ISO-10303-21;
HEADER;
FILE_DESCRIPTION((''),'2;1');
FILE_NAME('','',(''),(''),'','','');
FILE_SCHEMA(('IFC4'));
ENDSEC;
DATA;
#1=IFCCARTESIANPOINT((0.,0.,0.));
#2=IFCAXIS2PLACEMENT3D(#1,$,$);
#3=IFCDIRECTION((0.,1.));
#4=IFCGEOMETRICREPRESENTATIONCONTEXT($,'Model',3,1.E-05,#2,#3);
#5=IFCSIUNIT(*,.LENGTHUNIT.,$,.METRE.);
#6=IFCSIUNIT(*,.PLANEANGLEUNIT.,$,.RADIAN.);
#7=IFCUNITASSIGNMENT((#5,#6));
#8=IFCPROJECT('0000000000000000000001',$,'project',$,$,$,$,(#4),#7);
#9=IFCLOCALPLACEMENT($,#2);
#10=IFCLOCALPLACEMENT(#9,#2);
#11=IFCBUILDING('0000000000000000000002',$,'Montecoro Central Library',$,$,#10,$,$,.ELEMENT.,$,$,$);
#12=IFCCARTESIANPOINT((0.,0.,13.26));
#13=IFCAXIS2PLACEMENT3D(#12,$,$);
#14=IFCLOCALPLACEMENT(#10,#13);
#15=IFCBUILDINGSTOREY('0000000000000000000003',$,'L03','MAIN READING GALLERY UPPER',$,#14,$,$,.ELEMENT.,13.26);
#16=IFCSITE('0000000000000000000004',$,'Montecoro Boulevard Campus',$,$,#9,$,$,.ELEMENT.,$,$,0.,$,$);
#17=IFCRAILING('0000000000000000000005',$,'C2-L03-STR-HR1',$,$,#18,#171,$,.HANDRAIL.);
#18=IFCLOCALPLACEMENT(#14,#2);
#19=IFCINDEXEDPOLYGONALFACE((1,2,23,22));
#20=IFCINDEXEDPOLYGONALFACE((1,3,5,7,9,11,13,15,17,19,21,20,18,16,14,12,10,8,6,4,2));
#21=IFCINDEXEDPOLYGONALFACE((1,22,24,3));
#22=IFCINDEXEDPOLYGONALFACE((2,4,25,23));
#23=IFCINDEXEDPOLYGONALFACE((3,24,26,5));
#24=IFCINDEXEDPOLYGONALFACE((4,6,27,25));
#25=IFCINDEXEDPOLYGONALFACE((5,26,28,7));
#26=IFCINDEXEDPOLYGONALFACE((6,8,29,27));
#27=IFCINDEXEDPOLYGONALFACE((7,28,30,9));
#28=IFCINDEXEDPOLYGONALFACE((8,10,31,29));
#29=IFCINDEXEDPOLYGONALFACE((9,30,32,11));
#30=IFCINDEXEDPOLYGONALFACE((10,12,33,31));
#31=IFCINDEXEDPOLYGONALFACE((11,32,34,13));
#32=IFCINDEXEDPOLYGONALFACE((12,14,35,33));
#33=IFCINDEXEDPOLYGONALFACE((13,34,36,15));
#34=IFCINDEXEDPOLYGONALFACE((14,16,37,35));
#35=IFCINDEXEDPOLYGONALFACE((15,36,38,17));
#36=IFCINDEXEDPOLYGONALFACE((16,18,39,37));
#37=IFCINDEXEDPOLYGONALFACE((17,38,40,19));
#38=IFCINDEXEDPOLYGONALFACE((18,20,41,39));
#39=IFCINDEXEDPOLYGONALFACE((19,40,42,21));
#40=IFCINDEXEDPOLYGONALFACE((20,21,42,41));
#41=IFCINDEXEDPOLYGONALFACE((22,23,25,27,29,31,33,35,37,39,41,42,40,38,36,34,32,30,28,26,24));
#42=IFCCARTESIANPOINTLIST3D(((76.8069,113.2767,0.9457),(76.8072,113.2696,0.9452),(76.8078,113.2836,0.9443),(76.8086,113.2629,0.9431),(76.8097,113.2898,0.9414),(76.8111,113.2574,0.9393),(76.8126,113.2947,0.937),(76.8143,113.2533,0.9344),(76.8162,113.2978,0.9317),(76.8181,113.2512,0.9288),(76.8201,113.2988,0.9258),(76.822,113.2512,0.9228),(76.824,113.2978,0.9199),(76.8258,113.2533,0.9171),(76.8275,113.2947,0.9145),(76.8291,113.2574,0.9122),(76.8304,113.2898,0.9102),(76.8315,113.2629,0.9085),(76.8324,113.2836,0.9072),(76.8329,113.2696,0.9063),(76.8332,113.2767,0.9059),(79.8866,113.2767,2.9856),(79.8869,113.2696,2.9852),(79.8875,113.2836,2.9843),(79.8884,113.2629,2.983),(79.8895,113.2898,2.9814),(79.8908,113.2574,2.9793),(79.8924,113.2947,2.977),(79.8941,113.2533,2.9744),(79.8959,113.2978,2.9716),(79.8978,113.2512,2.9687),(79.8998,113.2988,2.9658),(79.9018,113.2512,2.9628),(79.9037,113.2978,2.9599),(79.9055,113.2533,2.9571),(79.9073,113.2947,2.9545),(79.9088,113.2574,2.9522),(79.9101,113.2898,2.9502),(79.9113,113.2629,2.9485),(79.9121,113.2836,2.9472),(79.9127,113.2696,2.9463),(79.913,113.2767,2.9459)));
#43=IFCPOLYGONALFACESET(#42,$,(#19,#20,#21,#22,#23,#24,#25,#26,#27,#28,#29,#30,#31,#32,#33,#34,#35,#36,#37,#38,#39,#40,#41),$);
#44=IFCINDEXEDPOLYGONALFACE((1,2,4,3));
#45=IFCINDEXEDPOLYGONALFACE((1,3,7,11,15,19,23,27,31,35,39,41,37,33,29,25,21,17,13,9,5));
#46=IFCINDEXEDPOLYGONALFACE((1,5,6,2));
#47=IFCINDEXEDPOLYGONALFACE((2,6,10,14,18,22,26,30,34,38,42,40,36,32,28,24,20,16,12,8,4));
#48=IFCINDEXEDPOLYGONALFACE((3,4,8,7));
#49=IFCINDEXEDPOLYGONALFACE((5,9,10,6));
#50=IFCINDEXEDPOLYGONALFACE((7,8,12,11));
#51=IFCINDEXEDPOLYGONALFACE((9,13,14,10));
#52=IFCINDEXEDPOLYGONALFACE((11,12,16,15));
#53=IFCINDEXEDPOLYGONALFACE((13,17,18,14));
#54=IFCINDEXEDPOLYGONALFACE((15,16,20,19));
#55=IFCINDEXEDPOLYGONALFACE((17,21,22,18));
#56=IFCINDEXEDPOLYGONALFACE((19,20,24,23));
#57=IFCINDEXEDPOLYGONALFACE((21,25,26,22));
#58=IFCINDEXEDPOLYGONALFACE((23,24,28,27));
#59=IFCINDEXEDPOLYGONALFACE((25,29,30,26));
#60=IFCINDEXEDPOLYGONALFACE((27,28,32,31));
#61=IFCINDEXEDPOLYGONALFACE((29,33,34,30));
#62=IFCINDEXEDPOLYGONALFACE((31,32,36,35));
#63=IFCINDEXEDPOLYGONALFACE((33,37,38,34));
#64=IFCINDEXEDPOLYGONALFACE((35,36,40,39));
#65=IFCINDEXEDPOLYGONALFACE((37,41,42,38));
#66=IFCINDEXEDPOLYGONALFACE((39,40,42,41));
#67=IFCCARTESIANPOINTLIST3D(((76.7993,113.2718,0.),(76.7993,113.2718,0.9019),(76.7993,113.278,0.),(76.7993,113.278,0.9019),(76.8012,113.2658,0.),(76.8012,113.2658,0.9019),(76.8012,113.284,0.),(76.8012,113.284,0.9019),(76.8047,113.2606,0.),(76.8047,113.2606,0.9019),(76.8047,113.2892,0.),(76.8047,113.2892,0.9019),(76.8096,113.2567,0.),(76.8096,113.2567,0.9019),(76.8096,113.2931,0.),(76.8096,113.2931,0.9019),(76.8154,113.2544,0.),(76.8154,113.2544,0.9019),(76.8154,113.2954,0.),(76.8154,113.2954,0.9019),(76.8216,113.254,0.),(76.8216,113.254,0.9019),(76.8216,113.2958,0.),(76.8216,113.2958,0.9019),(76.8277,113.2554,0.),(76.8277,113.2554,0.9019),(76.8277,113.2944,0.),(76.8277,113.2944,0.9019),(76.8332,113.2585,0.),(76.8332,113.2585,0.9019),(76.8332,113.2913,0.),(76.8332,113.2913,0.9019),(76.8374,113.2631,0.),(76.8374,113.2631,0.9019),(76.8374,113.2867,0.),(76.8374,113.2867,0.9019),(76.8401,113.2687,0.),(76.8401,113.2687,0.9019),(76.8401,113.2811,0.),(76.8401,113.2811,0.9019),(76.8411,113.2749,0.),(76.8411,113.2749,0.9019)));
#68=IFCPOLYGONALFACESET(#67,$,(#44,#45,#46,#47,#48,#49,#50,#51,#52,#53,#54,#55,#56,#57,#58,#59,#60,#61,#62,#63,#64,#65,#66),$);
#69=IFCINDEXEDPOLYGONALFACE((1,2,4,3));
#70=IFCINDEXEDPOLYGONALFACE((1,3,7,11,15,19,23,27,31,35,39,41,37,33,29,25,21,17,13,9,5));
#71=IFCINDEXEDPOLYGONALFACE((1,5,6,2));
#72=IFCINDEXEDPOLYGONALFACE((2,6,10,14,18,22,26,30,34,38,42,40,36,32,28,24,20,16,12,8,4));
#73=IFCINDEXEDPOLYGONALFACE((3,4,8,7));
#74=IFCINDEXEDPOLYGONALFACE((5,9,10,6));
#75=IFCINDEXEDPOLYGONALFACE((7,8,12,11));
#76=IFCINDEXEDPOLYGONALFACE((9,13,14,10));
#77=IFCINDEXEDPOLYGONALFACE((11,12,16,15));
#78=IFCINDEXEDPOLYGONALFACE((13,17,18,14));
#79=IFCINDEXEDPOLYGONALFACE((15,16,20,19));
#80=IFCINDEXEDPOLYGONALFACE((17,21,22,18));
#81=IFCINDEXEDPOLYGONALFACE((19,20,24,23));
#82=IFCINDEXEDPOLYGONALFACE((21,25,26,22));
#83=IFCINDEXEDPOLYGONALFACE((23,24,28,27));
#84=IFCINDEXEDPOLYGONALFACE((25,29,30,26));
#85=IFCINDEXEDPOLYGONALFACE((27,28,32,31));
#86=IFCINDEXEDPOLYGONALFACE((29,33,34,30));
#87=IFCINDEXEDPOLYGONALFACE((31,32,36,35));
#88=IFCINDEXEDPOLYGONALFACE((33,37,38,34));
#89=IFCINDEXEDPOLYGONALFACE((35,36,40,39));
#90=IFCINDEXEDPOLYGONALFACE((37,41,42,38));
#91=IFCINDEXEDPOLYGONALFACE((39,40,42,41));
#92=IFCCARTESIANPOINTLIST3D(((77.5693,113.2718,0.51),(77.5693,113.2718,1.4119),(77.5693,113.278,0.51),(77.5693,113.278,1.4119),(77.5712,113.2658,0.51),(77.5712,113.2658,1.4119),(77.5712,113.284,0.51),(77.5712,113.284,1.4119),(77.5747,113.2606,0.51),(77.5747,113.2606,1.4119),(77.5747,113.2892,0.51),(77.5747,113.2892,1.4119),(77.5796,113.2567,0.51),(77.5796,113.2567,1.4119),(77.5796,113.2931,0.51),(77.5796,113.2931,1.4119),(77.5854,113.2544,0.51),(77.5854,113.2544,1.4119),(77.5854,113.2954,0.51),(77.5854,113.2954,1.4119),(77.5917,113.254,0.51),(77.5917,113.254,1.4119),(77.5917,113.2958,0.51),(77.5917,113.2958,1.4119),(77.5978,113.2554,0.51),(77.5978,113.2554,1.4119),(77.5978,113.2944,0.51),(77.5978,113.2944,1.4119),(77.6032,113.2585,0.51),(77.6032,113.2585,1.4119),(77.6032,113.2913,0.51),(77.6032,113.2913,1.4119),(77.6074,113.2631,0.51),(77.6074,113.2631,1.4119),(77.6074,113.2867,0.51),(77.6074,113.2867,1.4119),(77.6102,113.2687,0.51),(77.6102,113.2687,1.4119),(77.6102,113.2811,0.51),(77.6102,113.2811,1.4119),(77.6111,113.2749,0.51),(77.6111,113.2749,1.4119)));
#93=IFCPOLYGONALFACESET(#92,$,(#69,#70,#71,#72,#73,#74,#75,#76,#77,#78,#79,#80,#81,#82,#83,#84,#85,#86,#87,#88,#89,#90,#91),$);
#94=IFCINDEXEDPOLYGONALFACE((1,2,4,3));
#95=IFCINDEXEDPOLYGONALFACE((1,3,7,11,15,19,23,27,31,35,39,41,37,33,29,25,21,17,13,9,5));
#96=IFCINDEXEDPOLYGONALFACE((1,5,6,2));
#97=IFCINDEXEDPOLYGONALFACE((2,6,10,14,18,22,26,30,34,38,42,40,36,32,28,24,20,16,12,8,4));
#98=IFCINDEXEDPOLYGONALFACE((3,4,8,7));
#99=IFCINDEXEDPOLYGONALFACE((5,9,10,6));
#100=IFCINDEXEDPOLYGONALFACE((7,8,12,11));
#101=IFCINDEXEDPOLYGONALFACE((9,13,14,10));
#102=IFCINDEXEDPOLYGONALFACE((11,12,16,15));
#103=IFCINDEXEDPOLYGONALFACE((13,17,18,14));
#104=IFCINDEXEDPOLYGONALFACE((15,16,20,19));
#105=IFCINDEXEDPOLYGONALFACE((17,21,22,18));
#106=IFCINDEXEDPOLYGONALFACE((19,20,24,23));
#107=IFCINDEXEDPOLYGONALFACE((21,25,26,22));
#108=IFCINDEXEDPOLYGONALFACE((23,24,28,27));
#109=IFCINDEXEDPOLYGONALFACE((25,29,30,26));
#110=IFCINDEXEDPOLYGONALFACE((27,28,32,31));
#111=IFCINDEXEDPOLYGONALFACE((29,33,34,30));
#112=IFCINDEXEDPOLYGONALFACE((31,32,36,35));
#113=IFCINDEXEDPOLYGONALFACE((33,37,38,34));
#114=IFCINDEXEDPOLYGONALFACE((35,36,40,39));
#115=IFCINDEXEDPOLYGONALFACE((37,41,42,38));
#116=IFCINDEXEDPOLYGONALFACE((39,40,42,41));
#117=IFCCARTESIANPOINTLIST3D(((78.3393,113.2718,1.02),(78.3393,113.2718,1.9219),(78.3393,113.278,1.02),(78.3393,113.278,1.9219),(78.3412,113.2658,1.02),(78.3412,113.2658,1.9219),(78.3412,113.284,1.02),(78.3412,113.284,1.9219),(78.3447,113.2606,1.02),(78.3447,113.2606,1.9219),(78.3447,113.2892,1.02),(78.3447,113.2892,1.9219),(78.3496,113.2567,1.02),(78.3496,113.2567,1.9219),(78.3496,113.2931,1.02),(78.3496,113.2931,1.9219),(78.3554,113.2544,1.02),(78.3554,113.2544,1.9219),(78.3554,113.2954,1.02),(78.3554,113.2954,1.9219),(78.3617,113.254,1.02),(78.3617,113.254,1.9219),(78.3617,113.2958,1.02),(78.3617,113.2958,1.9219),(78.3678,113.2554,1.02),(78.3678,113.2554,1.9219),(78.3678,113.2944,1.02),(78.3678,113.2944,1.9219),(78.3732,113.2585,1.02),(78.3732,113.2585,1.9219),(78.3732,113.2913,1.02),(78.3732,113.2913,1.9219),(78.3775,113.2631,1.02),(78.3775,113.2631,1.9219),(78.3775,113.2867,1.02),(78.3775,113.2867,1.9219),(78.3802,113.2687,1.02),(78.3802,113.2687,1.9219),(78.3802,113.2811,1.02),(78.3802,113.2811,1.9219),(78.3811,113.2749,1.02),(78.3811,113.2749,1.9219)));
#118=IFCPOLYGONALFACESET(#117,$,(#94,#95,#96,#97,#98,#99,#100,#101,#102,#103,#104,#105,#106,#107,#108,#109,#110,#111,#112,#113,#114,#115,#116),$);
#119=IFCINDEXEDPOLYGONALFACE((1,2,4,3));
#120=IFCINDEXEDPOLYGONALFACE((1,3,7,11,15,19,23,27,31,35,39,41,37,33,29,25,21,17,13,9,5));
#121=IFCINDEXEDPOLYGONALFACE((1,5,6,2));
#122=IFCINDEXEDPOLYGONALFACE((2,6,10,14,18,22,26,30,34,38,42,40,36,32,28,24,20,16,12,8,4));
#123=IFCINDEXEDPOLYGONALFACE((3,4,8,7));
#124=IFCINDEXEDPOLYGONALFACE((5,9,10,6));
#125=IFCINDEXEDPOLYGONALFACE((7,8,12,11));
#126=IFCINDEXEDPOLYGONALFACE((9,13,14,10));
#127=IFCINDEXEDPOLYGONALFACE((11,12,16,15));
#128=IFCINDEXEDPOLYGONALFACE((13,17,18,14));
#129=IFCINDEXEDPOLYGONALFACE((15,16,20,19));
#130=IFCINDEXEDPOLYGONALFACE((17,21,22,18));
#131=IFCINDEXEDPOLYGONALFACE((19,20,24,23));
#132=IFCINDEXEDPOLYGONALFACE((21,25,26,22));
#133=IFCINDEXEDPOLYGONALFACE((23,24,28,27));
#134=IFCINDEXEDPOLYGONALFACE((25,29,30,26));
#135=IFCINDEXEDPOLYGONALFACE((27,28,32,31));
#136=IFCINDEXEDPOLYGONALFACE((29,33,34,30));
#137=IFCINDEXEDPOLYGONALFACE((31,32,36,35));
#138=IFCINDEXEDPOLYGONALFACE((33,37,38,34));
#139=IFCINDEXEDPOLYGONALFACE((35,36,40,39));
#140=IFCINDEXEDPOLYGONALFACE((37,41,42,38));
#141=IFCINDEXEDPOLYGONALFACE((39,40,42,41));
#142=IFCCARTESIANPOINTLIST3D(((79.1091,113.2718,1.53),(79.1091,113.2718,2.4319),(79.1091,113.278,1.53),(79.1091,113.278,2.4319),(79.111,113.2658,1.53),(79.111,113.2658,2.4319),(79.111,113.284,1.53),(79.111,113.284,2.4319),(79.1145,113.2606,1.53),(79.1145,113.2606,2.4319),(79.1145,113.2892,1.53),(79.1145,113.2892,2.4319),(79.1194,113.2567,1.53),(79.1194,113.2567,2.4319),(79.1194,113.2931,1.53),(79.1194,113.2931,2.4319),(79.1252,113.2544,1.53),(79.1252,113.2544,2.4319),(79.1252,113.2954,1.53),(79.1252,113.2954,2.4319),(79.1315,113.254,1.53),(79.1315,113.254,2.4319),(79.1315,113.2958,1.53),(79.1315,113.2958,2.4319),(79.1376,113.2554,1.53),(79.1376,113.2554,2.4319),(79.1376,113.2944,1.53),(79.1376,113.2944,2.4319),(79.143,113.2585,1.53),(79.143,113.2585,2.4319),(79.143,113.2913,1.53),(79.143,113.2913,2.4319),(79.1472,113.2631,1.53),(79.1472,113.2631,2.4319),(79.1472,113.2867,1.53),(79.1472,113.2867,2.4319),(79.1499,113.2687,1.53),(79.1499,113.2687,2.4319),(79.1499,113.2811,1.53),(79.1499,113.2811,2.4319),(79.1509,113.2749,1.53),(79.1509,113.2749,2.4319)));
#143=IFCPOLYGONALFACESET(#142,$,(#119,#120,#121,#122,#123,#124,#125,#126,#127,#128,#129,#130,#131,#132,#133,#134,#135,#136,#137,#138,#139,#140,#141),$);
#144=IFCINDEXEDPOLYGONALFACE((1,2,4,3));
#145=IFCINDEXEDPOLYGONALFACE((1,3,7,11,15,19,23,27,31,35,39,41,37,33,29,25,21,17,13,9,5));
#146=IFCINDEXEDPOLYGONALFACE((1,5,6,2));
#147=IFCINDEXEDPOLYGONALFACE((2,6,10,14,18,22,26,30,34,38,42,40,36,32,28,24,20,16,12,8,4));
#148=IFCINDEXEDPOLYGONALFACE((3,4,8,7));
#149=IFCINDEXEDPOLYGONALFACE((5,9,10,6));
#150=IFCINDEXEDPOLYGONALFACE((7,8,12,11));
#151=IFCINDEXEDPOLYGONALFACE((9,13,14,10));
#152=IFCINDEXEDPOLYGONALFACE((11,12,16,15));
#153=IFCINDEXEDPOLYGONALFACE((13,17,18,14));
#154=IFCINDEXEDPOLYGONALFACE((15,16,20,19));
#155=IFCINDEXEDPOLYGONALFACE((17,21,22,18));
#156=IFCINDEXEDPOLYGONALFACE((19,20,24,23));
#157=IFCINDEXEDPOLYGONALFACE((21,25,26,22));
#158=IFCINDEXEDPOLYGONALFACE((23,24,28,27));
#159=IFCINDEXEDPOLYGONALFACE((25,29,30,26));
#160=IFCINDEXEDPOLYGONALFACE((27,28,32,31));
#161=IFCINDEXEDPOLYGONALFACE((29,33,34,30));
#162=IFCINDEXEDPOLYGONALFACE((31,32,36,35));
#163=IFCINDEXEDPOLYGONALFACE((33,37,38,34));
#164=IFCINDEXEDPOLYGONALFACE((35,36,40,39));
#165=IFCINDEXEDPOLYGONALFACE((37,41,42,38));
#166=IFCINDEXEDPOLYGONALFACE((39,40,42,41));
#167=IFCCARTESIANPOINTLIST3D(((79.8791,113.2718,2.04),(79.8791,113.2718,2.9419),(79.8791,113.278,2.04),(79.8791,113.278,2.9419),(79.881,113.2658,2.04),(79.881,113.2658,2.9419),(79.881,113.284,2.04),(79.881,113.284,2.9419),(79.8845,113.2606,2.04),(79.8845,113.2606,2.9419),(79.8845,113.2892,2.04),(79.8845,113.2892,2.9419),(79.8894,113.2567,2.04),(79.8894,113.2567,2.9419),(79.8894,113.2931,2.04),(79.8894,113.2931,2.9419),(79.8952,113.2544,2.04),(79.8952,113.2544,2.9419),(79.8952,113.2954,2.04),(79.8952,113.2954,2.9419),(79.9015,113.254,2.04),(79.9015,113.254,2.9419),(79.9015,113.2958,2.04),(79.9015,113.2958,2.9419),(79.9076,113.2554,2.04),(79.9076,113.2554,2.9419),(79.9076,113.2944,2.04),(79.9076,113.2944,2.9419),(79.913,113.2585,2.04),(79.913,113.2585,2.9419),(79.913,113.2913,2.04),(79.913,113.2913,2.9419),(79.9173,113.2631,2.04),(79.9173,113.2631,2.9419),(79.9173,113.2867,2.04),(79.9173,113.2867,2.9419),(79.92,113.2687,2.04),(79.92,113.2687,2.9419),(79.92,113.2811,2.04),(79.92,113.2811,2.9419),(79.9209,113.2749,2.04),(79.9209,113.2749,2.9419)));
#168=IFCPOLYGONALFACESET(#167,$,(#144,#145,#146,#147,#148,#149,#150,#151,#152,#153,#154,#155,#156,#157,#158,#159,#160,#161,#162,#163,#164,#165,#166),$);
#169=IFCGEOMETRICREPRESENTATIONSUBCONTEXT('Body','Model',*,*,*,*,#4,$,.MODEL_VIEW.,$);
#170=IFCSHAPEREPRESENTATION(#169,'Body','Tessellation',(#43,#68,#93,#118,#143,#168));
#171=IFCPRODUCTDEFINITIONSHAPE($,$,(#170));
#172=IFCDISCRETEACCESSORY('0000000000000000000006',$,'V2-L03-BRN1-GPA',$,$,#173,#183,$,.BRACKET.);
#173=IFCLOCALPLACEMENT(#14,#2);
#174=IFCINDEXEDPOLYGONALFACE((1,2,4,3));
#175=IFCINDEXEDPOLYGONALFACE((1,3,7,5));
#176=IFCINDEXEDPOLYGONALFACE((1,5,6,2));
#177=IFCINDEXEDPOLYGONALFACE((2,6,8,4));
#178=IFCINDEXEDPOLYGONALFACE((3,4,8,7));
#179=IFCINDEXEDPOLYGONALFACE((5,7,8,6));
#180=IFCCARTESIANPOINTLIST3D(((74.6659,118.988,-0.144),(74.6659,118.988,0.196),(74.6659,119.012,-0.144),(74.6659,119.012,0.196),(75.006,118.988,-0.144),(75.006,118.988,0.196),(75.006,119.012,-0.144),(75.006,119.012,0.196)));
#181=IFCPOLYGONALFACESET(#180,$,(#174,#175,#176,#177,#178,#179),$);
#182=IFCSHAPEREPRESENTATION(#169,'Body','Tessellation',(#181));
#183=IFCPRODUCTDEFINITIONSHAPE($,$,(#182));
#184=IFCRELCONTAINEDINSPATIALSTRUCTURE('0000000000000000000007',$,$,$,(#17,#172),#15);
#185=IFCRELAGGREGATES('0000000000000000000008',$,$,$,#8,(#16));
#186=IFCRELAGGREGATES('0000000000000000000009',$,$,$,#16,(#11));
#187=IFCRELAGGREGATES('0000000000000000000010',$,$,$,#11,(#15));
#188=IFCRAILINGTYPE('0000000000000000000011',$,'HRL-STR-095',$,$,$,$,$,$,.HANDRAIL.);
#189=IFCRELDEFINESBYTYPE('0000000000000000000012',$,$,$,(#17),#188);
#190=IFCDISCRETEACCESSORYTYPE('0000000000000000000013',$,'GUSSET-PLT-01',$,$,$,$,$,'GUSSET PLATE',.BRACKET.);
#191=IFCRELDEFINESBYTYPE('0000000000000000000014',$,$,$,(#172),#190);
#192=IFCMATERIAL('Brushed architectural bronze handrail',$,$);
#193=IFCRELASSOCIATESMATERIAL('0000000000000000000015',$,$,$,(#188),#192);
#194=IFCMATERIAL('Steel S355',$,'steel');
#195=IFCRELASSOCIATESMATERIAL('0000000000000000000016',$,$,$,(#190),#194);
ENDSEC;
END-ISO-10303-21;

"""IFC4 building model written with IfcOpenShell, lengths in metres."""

from ifc_helpers import new_model, si_unit, direction, frame, origin, origin_2d, place, context, subcontext, project, spatial, rectangle, circle, extrude, material, type_object, element, save


model = new_model("IFC4")

# Units and contexts
model_context = context("Model", 3, precision=1e-05, world=origin(), true_north=direction((0.0, 1.0)))
body_context = subcontext(model_context, "Body", "Model", "MODEL_VIEW")
ifc_project = project(units=[si_unit("LENGTHUNIT", "METRE"), si_unit("PLANEANGLEUNIT", "RADIAN")], contexts=[model_context])

# Site, building, storey
site_placement = place(None, origin())
site = spatial("IfcSite", under=ifc_project, at=site_placement, Name="Montecoro Boulevard Campus", CompositionType="ELEMENT", RefElevation=0.0)
building_placement = place(site_placement, origin())
building = spatial("IfcBuilding", under=site, at=building_placement, Name="Montecoro Central Library", CompositionType="ELEMENT")
storey_placement = place(building_placement, frame((0.0, 0.0, 13.26)))
storey = spatial("IfcBuildingStorey", under=building, at=storey_placement, Name="L03", Description="MAIN READING GALLERY UPPER", CompositionType="ELEMENT", Elevation=13.26)

# Shared definitions
ifc_material_1 = material(Name="Steel S355", Category="steel")

# Railing
ifc_material_2 = material(Name="Brushed architectural bronze handrail")
railing_type_1 = type_object("IfcRailingType", Name="HRL-STR-095", PredefinedType="HANDRAIL", material=ifc_material_2)
railing_1_placement = place(storey_placement, frame((76.8201, 113.2749, 0.0)))
element("IfcRailing", 1, at=railing_1_placement, inside=storey, type_object=railing_type_1, Name="C2-L03-STR-HR1", PredefinedType="HANDRAIL", context=body_context, shape_type="SweptSolid", body=[
    extrude(circle(Radius=0.0239, at=origin_2d()), frame((0.0, 0.0, 0.9258), z_axis=(0.833694, 0.0, 0.552227), x_axis=(0.0, 1.0, 0.0)), (0.0, 0.0, 1.0), 3.6941),
    extrude(circle(Radius=0.021, at=origin_2d()), origin(), (0.0, 0.0, 1.0), 0.9019),
    extrude(circle(Radius=0.021, at=origin_2d()), frame((0.77, 0.0, 0.51)), (0.0, 0.0, 1.0), 0.9019),
    extrude(circle(Radius=0.021, at=origin_2d()), frame((1.54, 0.0, 1.02)), (0.0, 0.0, 1.0), 0.9019),
    extrude(circle(Radius=0.021, at=origin_2d()), frame((2.3098, 0.0, 1.53)), (0.0, 0.0, 1.0), 0.9019),
    extrude(circle(Radius=0.021, at=origin_2d()), frame((3.0798, 0.0, 2.04)), (0.0, 0.0, 1.0), 0.9019),
])

# Discrete accessory
discrete_accessory_type = type_object("IfcDiscreteAccessoryType", Name="GUSSET-PLT-01", ElementType="GUSSET PLATE", PredefinedType="BRACKET", material=ifc_material_1)
discrete_accessory_placement = place(storey_placement, frame((74.8359, 119.0, -0.144), z_axis=(0.0, 0.0, 1.0), x_axis=(1.0, 0.0, 0.0)))
element("IfcDiscreteAccessory", 2, at=discrete_accessory_placement, inside=storey, type_object=discrete_accessory_type, Name="V2-L03-BRN1-GPA", PredefinedType="BRACKET", context=body_context, shape_type="SweptSolid", body=[
    extrude(rectangle(XDim=0.3401, YDim=0.0239, at=origin_2d()), origin(), (0.0, 0.0, 1.0), 0.3401),
])

save(model, "model.ifc")
